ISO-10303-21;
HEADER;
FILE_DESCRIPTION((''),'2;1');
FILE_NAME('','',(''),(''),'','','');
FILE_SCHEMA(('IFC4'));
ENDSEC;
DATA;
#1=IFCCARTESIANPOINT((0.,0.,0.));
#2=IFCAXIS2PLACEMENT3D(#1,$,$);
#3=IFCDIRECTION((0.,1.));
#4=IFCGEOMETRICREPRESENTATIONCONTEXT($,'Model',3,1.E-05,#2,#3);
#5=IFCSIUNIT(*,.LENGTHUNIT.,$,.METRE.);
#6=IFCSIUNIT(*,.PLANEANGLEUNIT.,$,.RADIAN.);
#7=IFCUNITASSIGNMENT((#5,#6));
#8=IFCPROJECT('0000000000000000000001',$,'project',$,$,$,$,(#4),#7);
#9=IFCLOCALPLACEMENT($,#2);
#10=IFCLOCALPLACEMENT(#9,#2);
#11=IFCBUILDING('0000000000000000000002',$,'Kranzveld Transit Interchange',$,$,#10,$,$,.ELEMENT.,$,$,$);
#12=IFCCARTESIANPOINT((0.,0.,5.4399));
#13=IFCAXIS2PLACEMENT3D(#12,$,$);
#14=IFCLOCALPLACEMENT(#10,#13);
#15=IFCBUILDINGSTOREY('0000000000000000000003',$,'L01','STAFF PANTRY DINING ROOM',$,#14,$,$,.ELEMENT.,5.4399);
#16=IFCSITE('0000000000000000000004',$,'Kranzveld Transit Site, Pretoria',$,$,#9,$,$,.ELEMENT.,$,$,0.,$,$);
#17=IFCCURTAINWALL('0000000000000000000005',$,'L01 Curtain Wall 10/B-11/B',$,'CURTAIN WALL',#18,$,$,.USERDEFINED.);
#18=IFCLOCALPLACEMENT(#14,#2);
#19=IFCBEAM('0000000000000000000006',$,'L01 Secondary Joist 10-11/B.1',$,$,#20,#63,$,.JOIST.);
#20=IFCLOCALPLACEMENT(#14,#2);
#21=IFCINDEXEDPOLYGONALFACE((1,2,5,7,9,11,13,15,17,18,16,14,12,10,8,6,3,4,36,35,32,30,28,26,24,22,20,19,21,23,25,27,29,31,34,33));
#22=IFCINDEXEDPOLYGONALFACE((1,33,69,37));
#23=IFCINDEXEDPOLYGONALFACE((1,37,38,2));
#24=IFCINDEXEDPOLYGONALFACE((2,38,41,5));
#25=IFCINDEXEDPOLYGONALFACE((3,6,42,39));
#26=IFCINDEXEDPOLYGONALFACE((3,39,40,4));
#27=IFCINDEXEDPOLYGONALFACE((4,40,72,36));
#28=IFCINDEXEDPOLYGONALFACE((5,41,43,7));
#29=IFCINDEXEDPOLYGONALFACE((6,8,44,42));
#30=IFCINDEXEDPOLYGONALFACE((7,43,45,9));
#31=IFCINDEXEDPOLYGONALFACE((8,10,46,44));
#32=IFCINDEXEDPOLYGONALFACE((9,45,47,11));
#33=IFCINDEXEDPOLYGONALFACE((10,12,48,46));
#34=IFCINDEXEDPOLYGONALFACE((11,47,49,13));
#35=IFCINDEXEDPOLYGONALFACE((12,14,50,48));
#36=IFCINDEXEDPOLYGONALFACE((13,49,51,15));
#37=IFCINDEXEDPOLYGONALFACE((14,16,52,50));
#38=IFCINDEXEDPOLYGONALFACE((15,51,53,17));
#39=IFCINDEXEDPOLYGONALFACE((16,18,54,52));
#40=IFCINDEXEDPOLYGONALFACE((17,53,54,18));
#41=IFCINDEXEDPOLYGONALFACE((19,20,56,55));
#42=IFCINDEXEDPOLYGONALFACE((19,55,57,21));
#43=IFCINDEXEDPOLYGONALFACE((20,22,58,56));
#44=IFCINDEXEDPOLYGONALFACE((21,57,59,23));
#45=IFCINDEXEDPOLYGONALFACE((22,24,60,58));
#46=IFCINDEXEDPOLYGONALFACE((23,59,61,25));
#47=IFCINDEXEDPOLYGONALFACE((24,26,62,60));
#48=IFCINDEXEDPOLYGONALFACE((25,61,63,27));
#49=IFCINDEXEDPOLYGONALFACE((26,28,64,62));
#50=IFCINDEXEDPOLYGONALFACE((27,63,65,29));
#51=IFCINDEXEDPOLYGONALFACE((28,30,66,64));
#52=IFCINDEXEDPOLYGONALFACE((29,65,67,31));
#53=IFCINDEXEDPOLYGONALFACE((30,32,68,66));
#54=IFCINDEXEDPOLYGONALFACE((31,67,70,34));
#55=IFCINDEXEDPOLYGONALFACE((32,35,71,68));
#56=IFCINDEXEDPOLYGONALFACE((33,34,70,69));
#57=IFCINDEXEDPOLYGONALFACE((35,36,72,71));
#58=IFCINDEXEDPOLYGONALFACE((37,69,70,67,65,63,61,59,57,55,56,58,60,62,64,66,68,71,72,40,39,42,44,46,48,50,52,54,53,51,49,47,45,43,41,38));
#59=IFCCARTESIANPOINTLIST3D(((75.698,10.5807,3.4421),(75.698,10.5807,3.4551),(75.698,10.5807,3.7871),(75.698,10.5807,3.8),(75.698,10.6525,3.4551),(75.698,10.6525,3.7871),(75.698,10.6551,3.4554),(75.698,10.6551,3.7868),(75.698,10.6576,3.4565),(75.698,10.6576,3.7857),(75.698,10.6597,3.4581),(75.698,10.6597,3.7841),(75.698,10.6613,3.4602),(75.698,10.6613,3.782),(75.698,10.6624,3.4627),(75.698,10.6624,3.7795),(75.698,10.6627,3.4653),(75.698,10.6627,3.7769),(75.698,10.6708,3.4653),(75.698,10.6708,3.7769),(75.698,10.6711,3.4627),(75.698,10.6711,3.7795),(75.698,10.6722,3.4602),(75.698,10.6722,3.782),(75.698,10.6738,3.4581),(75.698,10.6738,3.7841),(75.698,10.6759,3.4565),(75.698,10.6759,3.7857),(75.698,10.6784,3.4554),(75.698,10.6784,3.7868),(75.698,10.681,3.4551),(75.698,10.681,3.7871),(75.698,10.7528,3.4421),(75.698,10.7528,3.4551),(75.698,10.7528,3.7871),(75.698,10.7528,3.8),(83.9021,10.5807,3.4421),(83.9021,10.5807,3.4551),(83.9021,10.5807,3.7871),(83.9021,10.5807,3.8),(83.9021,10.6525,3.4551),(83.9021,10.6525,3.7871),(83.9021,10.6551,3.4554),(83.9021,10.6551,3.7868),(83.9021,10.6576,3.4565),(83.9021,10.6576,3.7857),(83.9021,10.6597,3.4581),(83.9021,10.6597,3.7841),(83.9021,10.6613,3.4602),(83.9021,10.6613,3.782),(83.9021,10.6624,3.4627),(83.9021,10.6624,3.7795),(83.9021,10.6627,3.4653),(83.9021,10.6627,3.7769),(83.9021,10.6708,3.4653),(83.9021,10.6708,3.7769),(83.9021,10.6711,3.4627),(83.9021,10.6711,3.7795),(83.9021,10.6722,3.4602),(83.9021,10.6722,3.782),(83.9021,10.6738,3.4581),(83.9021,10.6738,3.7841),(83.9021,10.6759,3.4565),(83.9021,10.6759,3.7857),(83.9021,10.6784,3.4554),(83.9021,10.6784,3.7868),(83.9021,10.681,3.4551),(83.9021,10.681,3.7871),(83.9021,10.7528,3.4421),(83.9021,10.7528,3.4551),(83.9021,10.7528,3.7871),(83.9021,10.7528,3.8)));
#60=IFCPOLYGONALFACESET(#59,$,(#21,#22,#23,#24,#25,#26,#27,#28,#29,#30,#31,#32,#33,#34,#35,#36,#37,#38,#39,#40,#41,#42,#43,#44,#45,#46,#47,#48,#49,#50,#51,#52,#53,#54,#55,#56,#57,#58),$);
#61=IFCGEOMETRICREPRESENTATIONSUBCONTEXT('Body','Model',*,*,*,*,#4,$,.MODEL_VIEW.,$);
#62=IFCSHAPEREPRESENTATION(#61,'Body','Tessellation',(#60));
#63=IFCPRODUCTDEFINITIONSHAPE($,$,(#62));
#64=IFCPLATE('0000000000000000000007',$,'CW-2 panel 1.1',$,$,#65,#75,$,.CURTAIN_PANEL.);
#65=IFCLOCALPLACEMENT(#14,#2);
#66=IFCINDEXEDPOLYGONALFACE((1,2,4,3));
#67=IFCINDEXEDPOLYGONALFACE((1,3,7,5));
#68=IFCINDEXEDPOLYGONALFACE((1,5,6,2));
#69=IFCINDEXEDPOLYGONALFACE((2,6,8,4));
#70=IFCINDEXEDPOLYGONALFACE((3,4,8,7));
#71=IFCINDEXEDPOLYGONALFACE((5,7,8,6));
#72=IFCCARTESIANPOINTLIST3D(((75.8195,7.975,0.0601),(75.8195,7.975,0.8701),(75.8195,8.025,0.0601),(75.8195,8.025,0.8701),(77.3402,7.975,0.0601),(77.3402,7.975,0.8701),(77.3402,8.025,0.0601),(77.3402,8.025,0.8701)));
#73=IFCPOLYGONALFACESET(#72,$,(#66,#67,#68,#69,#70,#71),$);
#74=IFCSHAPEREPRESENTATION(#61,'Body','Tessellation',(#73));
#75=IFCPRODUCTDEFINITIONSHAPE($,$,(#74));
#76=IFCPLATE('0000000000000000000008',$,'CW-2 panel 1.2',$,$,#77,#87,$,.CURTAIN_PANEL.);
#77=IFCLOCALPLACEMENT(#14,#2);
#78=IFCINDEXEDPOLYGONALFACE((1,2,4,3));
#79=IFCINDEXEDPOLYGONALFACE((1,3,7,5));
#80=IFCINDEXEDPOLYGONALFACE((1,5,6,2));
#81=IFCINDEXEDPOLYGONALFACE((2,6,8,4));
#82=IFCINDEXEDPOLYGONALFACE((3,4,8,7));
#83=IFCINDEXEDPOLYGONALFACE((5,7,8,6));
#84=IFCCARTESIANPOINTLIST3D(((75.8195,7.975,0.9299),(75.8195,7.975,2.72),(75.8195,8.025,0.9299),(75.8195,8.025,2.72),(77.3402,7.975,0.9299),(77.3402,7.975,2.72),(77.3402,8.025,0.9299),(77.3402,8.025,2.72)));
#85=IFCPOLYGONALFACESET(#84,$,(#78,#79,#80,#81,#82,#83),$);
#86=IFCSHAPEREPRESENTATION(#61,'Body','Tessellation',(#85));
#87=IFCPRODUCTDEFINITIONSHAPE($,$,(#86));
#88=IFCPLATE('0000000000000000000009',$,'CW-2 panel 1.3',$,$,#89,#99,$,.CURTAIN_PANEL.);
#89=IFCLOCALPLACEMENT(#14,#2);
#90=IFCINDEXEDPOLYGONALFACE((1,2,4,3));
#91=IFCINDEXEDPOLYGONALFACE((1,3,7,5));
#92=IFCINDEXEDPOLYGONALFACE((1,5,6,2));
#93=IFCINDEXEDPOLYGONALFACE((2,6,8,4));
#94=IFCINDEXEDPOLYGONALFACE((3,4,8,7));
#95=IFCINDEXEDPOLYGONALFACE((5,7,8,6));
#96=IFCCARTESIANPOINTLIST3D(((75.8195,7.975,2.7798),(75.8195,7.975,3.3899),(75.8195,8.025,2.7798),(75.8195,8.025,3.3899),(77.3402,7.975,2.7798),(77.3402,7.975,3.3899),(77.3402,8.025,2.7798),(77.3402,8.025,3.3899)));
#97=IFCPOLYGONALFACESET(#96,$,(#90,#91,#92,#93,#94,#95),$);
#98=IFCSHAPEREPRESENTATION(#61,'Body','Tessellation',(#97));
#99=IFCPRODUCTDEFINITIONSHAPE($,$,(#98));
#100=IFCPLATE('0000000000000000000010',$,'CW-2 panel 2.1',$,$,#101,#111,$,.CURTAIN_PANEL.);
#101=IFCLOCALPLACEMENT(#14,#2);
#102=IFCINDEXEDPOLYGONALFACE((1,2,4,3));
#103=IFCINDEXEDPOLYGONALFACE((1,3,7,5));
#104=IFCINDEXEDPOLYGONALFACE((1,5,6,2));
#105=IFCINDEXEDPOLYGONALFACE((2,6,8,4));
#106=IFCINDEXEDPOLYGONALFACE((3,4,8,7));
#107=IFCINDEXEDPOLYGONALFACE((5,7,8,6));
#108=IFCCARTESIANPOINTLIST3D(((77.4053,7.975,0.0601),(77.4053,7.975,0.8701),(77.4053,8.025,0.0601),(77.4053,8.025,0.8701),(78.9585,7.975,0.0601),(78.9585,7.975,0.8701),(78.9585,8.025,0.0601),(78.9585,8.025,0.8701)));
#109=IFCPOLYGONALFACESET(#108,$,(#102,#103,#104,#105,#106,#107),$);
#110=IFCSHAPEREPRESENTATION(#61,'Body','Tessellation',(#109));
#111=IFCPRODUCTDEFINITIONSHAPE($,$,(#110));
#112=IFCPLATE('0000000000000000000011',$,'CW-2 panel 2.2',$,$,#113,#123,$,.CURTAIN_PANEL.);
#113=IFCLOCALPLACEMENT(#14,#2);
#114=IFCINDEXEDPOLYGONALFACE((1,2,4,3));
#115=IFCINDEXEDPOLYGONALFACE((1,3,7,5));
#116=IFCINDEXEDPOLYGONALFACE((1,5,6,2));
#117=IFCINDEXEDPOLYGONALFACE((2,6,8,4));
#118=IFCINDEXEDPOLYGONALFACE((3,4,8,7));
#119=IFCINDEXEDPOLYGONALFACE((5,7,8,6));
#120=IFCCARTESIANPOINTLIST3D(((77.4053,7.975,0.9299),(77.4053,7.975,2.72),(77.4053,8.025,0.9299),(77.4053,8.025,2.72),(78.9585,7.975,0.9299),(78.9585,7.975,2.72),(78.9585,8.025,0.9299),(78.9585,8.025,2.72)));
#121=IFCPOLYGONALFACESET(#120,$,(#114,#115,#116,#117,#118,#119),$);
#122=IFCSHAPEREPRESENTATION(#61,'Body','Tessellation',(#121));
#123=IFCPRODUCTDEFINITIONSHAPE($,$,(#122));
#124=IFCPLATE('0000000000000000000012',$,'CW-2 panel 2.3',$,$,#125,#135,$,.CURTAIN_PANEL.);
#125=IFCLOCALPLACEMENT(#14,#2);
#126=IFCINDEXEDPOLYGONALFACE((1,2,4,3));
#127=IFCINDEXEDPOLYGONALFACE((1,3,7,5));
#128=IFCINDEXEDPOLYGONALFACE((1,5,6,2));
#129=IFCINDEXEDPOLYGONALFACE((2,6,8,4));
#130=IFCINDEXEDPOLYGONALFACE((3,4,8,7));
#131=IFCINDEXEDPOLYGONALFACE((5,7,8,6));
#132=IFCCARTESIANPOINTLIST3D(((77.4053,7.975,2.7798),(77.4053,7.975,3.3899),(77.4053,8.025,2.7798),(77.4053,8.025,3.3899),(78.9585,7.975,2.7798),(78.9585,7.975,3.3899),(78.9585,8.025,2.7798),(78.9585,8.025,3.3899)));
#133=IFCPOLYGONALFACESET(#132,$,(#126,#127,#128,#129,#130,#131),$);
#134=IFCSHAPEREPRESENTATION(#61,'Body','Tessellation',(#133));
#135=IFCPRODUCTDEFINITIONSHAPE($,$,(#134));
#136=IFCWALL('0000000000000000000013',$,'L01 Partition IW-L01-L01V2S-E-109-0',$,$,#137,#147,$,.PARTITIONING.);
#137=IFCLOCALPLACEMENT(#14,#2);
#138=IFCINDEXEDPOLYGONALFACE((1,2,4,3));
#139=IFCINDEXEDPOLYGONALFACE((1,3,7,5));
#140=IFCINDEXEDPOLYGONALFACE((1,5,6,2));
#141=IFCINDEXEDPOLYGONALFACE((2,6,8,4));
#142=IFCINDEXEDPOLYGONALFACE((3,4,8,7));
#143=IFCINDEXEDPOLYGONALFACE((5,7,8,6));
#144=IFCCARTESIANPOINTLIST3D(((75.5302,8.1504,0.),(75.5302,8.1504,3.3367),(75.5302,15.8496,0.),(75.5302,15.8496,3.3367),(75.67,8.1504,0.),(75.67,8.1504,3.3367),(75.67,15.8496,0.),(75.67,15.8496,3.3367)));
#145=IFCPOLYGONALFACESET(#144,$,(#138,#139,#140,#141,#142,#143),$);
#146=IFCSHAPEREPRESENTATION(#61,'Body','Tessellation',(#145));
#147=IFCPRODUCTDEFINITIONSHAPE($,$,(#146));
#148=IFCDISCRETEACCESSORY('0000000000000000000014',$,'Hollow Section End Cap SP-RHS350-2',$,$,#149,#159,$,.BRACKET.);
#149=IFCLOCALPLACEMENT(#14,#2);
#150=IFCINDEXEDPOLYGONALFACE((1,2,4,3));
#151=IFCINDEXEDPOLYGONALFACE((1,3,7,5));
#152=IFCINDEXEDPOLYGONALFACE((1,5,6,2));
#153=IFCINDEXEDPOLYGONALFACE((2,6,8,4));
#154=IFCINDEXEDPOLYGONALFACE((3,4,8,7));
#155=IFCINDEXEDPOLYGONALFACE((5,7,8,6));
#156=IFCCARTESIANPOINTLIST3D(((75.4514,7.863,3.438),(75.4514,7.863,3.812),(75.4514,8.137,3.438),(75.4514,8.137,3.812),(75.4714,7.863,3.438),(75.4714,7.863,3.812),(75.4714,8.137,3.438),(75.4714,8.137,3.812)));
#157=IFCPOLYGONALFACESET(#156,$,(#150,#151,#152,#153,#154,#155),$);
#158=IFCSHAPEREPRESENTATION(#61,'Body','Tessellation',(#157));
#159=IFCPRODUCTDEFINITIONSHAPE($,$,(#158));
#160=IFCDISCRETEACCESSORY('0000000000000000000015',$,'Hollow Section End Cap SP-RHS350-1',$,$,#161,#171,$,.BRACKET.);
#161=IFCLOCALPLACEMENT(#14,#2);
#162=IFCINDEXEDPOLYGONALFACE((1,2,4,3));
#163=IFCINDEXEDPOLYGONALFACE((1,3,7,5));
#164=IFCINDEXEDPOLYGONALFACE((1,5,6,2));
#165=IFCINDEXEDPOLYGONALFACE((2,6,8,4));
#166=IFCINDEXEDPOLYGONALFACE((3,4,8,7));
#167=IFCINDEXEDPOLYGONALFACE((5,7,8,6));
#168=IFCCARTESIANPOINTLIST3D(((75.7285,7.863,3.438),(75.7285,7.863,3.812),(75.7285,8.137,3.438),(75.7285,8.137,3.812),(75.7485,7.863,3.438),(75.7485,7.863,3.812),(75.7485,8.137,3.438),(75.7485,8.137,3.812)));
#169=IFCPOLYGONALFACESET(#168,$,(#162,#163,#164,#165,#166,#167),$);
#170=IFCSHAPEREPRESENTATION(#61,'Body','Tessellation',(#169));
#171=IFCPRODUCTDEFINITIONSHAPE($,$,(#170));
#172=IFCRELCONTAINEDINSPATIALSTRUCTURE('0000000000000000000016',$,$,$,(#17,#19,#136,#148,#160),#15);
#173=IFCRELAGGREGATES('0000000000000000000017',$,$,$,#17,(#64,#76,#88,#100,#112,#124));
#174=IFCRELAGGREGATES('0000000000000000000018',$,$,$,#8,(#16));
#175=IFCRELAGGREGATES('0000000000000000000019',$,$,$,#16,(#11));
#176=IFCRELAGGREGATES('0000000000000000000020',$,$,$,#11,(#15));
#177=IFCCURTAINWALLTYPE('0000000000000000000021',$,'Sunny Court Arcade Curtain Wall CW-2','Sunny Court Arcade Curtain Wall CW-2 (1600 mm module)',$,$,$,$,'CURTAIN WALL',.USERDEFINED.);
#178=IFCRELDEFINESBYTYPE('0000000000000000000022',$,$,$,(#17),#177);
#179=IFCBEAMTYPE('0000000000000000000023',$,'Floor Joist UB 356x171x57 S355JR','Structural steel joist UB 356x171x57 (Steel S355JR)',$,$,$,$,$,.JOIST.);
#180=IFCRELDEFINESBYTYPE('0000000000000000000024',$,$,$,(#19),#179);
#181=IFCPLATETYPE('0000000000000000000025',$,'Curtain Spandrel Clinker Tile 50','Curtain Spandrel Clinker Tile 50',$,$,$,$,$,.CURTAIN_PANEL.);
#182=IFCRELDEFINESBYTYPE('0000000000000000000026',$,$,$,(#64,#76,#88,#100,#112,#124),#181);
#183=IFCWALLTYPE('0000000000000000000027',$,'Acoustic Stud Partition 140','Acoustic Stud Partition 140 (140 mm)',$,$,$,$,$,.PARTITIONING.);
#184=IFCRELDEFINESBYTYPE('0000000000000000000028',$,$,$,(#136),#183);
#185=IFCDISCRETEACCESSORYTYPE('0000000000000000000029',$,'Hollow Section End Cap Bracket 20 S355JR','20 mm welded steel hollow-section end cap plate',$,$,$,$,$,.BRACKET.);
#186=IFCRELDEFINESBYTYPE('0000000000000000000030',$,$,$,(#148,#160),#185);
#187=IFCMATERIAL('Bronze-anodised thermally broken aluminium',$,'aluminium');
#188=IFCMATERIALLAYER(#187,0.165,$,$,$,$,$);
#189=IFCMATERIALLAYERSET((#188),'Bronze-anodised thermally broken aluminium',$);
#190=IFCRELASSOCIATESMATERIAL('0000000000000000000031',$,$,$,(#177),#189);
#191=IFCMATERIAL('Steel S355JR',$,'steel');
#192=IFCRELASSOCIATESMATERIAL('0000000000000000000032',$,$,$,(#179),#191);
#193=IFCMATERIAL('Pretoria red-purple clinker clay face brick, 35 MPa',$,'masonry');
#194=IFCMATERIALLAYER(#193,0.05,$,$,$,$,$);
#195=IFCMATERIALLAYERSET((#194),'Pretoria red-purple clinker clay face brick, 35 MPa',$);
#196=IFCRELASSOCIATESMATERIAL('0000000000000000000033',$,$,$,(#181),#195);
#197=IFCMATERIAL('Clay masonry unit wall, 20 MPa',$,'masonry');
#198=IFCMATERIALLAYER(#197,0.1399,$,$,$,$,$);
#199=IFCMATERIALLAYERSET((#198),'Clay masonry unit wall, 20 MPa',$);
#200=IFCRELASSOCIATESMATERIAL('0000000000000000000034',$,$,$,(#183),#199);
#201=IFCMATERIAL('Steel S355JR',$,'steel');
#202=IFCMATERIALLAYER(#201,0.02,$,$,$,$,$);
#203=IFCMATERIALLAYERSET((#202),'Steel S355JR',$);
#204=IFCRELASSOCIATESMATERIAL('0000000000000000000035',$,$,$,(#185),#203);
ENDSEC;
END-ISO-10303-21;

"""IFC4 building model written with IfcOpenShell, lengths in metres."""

from ifc_helpers import new_model, si_unit, direction, frame, frame_2d, origin, origin_2d, place, context, subcontext, project, spatial, rectangle, i_section, extrude, material, layer, layer_set, material_profile, profile_set, type_object, element, aggregate, save


model = new_model("IFC4")

# Units and contexts
model_context = context("Model", 3, precision=1e-05, world=origin(), true_north=direction((0.0, 1.0)))
body_context = subcontext(model_context, "Body", "Model", "MODEL_VIEW")
ifc_project = project(units=[si_unit("LENGTHUNIT", "METRE"), si_unit("PLANEANGLEUNIT", "RADIAN")], contexts=[model_context])

# Site, building, storey
site_placement = place(None, origin())
site = spatial("IfcSite", under=ifc_project, at=site_placement, Name="Kranzveld Transit Site, Pretoria", CompositionType="ELEMENT", RefElevation=0.0)
building_placement = place(site_placement, origin())
building = spatial("IfcBuilding", under=site, at=building_placement, Name="Kranzveld Transit Interchange", CompositionType="ELEMENT")
storey_placement = place(building_placement, frame((0.0, 0.0, 5.4399)))
storey = spatial("IfcBuildingStorey", under=building, at=storey_placement, Name="L01", Description="STAFF PANTRY DINING ROOM", CompositionType="ELEMENT", Elevation=5.4399)

# Curtain wall
ifc_material_1 = material(Name="Bronze-anodised thermally broken aluminium", Category="aluminium")
ifc_layer_1 = layer(ifc_material_1, 0.165)
ifc_layer_set_1 = layer_set([ifc_layer_1], Name="Bronze-anodised thermally broken aluminium")
curtain_wall_type = type_object("IfcCurtainWallType", Name="Sunny Court Arcade Curtain Wall CW-2", Description="Sunny Court Arcade Curtain Wall CW-2 (1600 mm module)", ElementType="CURTAIN WALL", PredefinedType="USERDEFINED", material=ifc_layer_set_1)
curtain_wall_placement = place(storey_placement, origin())
curtain_wall = element("IfcCurtainWall", 1, at=curtain_wall_placement, inside=storey, type_object=curtain_wall_type, Name="L01 Curtain Wall 10/B-11/B", ObjectType="CURTAIN WALL", PredefinedType="USERDEFINED")

# Beam
ifc_material_2 = material(Name="Steel S355JR", Category="steel")
ifc_material_profile_1 = material_profile(ifc_material_2, i_section(OverallWidth=0.1721, OverallDepth=0.3579, WebThickness=0.0081, FlangeThickness=0.0129, FilletRadius=0.0103, at=origin_2d()), Name="UB 356x171x57")
ifc_profile_set_1 = profile_set([ifc_material_profile_1], Name="Steel S355JR")
beam_type_1 = type_object("IfcBeamType", Name="Floor Joist UB 356x171x57 S355JR", Description="Structural steel joist UB 356x171x57 (Steel S355JR)", PredefinedType="JOIST", material=ifc_profile_set_1)
beam_1_placement = place(storey_placement, frame((75.698, 10.6667, 3.6211), z_axis=(1.0, 0.0, 0.0), x_axis=(0.0, 1.0, 0.0)))
element("IfcBeam", 2, at=beam_1_placement, inside=storey, type_object=beam_type_1, Name="L01 Secondary Joist 10-11/B.1", PredefinedType="JOIST", context=body_context, shape_type="SweptSolid", body=[
    extrude(i_section(OverallWidth=0.1721, OverallDepth=0.3579, WebThickness=0.0081, FlangeThickness=0.0129, FilletRadius=0.0103, at=origin_2d()), origin(), (0.0, 0.0, 1.0), 8.2041),
])

# Plates
ifc_material_3 = material(Name="Pretoria red-purple clinker clay face brick, 35 MPa", Category="masonry")
ifc_layer_2 = layer(ifc_material_3, 0.05)
ifc_layer_set_2 = layer_set([ifc_layer_2], Name="Pretoria red-purple clinker clay face brick, 35 MPa")
plate_type = type_object("IfcPlateType", Name="Curtain Spandrel Clinker Tile 50", Description="Curtain Spandrel Clinker Tile 50", PredefinedType="CURTAIN_PANEL", material=ifc_layer_set_2)
plate_1_placement = place(storey_placement, frame((76.5798, 8.0, 0.0601), z_axis=(0.0, 0.0, 1.0), x_axis=(1.0, 0.0, 0.0)))
plate_1 = element("IfcPlate", 3, at=plate_1_placement, type_object=plate_type, Name="CW-2 panel 1.1", PredefinedType="CURTAIN_PANEL", context=body_context, shape_type="SweptSolid", body=[
    extrude(rectangle(XDim=1.5208, YDim=0.05, at=origin_2d()), origin(), (0.0, 0.0, 1.0), 0.8101),
])
plate_2_placement = place(storey_placement, frame((76.5798, 8.0, 0.9299), z_axis=(0.0, 0.0, 1.0), x_axis=(1.0, 0.0, 0.0)))
plate_2 = element("IfcPlate", 4, at=plate_2_placement, type_object=plate_type, Name="CW-2 panel 1.2", PredefinedType="CURTAIN_PANEL", context=body_context, shape_type="SweptSolid", body=[
    extrude(rectangle(XDim=1.5208, YDim=0.05, at=origin_2d()), origin(), (0.0, 0.0, 1.0), 1.79),
])
plate_3_placement = place(storey_placement, frame((76.5798, 8.0, 2.7798), z_axis=(0.0, 0.0, 1.0), x_axis=(1.0, 0.0, 0.0)))
plate_3 = element("IfcPlate", 5, at=plate_3_placement, type_object=plate_type, Name="CW-2 panel 1.3", PredefinedType="CURTAIN_PANEL", context=body_context, shape_type="SweptSolid", body=[
    extrude(rectangle(XDim=1.5208, YDim=0.05, at=origin_2d()), origin(), (0.0, 0.0, 1.0), 0.6101),
])
plate_4_placement = place(storey_placement, frame((78.1819, 8.0, 0.0601), z_axis=(0.0, 0.0, 1.0), x_axis=(1.0, 0.0, 0.0)))
plate_4 = element("IfcPlate", 6, at=plate_4_placement, type_object=plate_type, Name="CW-2 panel 2.1", PredefinedType="CURTAIN_PANEL", context=body_context, shape_type="SweptSolid", body=[
    extrude(rectangle(XDim=1.5532, YDim=0.05, at=origin_2d()), origin(), (0.0, 0.0, 1.0), 0.8101),
])
plate_5_placement = place(storey_placement, frame((78.1819, 8.0, 0.9299), z_axis=(0.0, 0.0, 1.0), x_axis=(1.0, 0.0, 0.0)))
plate_5 = element("IfcPlate", 7, at=plate_5_placement, type_object=plate_type, Name="CW-2 panel 2.2", PredefinedType="CURTAIN_PANEL", context=body_context, shape_type="SweptSolid", body=[
    extrude(rectangle(XDim=1.5532, YDim=0.05, at=origin_2d()), origin(), (0.0, 0.0, 1.0), 1.79),
])
plate_6_placement = place(storey_placement, frame((78.1819, 8.0, 2.7798), z_axis=(0.0, 0.0, 1.0), x_axis=(1.0, 0.0, 0.0)))
plate_6 = element("IfcPlate", 8, at=plate_6_placement, type_object=plate_type, Name="CW-2 panel 2.3", PredefinedType="CURTAIN_PANEL", context=body_context, shape_type="SweptSolid", body=[
    extrude(rectangle(XDim=1.5532, YDim=0.05, at=origin_2d()), origin(), (0.0, 0.0, 1.0), 0.6101),
])
aggregate(curtain_wall, [plate_1, plate_2, plate_3, plate_4, plate_5, plate_6])

# Wall
ifc_material_4 = material(Name="Clay masonry unit wall, 20 MPa", Category="masonry")
ifc_layer_3 = layer(ifc_material_4, 0.1399)
ifc_layer_set_3 = layer_set([ifc_layer_3], Name="Clay masonry unit wall, 20 MPa")
wall_type = type_object("IfcWallType", Name="Acoustic Stud Partition 140", Description="Acoustic Stud Partition 140 (140 mm)", PredefinedType="PARTITIONING", material=ifc_layer_set_3)
wall_placement = place(storey_placement, frame((75.6001, 8.1504, 0.0), z_axis=(0.0, 0.0, 1.0), x_axis=(0.0, 1.0, 0.0)))
element("IfcWall", 9, at=wall_placement, inside=storey, type_object=wall_type, Name="L01 Partition IW-L01-L01V2S-E-109-0", PredefinedType="PARTITIONING", context=body_context, shape_type="SweptSolid", body=[
    extrude(rectangle(XDim=7.6992, YDim=0.1399, at=frame_2d((3.8496, 0.0))), origin(), (0.0, 0.0, 1.0), 3.3367),
])

# Discrete accessories
ifc_material_5 = material(Name="Steel S355JR", Category="steel")
ifc_layer_4 = layer(ifc_material_5, 0.02)
ifc_layer_set_4 = layer_set([ifc_layer_4], Name="Steel S355JR")
discrete_accessory_type = type_object("IfcDiscreteAccessoryType", Name="Hollow Section End Cap Bracket 20 S355JR", Description="20 mm welded steel hollow-section end cap plate", PredefinedType="BRACKET", material=ifc_layer_set_4)
for number, where, z_axis, x_axis, name in (
    (10, (75.4514, 8.0, 3.625), (1.0, 0.0, 0.0), (0.0, 1.0, 0.0), "Hollow Section End Cap SP-RHS350-2"),
    (11, (75.7485, 8.0, 3.625), (-1.0, 0.0, 0.0), (0.0, -1.0, 0.0), "Hollow Section End Cap SP-RHS350-1"),
):
    element("IfcDiscreteAccessory", number, at=place(storey_placement, frame(where, z_axis=z_axis, x_axis=x_axis)), inside=storey, type_object=discrete_accessory_type, Name=name, PredefinedType="BRACKET", context=body_context, shape_type="SweptSolid", body=[
        extrude(rectangle(XDim=0.2739, YDim=0.374, at=origin_2d()), origin(), (0.0, 0.0, 1.0), 0.02),
    ])

save(model, "model.ifc")
